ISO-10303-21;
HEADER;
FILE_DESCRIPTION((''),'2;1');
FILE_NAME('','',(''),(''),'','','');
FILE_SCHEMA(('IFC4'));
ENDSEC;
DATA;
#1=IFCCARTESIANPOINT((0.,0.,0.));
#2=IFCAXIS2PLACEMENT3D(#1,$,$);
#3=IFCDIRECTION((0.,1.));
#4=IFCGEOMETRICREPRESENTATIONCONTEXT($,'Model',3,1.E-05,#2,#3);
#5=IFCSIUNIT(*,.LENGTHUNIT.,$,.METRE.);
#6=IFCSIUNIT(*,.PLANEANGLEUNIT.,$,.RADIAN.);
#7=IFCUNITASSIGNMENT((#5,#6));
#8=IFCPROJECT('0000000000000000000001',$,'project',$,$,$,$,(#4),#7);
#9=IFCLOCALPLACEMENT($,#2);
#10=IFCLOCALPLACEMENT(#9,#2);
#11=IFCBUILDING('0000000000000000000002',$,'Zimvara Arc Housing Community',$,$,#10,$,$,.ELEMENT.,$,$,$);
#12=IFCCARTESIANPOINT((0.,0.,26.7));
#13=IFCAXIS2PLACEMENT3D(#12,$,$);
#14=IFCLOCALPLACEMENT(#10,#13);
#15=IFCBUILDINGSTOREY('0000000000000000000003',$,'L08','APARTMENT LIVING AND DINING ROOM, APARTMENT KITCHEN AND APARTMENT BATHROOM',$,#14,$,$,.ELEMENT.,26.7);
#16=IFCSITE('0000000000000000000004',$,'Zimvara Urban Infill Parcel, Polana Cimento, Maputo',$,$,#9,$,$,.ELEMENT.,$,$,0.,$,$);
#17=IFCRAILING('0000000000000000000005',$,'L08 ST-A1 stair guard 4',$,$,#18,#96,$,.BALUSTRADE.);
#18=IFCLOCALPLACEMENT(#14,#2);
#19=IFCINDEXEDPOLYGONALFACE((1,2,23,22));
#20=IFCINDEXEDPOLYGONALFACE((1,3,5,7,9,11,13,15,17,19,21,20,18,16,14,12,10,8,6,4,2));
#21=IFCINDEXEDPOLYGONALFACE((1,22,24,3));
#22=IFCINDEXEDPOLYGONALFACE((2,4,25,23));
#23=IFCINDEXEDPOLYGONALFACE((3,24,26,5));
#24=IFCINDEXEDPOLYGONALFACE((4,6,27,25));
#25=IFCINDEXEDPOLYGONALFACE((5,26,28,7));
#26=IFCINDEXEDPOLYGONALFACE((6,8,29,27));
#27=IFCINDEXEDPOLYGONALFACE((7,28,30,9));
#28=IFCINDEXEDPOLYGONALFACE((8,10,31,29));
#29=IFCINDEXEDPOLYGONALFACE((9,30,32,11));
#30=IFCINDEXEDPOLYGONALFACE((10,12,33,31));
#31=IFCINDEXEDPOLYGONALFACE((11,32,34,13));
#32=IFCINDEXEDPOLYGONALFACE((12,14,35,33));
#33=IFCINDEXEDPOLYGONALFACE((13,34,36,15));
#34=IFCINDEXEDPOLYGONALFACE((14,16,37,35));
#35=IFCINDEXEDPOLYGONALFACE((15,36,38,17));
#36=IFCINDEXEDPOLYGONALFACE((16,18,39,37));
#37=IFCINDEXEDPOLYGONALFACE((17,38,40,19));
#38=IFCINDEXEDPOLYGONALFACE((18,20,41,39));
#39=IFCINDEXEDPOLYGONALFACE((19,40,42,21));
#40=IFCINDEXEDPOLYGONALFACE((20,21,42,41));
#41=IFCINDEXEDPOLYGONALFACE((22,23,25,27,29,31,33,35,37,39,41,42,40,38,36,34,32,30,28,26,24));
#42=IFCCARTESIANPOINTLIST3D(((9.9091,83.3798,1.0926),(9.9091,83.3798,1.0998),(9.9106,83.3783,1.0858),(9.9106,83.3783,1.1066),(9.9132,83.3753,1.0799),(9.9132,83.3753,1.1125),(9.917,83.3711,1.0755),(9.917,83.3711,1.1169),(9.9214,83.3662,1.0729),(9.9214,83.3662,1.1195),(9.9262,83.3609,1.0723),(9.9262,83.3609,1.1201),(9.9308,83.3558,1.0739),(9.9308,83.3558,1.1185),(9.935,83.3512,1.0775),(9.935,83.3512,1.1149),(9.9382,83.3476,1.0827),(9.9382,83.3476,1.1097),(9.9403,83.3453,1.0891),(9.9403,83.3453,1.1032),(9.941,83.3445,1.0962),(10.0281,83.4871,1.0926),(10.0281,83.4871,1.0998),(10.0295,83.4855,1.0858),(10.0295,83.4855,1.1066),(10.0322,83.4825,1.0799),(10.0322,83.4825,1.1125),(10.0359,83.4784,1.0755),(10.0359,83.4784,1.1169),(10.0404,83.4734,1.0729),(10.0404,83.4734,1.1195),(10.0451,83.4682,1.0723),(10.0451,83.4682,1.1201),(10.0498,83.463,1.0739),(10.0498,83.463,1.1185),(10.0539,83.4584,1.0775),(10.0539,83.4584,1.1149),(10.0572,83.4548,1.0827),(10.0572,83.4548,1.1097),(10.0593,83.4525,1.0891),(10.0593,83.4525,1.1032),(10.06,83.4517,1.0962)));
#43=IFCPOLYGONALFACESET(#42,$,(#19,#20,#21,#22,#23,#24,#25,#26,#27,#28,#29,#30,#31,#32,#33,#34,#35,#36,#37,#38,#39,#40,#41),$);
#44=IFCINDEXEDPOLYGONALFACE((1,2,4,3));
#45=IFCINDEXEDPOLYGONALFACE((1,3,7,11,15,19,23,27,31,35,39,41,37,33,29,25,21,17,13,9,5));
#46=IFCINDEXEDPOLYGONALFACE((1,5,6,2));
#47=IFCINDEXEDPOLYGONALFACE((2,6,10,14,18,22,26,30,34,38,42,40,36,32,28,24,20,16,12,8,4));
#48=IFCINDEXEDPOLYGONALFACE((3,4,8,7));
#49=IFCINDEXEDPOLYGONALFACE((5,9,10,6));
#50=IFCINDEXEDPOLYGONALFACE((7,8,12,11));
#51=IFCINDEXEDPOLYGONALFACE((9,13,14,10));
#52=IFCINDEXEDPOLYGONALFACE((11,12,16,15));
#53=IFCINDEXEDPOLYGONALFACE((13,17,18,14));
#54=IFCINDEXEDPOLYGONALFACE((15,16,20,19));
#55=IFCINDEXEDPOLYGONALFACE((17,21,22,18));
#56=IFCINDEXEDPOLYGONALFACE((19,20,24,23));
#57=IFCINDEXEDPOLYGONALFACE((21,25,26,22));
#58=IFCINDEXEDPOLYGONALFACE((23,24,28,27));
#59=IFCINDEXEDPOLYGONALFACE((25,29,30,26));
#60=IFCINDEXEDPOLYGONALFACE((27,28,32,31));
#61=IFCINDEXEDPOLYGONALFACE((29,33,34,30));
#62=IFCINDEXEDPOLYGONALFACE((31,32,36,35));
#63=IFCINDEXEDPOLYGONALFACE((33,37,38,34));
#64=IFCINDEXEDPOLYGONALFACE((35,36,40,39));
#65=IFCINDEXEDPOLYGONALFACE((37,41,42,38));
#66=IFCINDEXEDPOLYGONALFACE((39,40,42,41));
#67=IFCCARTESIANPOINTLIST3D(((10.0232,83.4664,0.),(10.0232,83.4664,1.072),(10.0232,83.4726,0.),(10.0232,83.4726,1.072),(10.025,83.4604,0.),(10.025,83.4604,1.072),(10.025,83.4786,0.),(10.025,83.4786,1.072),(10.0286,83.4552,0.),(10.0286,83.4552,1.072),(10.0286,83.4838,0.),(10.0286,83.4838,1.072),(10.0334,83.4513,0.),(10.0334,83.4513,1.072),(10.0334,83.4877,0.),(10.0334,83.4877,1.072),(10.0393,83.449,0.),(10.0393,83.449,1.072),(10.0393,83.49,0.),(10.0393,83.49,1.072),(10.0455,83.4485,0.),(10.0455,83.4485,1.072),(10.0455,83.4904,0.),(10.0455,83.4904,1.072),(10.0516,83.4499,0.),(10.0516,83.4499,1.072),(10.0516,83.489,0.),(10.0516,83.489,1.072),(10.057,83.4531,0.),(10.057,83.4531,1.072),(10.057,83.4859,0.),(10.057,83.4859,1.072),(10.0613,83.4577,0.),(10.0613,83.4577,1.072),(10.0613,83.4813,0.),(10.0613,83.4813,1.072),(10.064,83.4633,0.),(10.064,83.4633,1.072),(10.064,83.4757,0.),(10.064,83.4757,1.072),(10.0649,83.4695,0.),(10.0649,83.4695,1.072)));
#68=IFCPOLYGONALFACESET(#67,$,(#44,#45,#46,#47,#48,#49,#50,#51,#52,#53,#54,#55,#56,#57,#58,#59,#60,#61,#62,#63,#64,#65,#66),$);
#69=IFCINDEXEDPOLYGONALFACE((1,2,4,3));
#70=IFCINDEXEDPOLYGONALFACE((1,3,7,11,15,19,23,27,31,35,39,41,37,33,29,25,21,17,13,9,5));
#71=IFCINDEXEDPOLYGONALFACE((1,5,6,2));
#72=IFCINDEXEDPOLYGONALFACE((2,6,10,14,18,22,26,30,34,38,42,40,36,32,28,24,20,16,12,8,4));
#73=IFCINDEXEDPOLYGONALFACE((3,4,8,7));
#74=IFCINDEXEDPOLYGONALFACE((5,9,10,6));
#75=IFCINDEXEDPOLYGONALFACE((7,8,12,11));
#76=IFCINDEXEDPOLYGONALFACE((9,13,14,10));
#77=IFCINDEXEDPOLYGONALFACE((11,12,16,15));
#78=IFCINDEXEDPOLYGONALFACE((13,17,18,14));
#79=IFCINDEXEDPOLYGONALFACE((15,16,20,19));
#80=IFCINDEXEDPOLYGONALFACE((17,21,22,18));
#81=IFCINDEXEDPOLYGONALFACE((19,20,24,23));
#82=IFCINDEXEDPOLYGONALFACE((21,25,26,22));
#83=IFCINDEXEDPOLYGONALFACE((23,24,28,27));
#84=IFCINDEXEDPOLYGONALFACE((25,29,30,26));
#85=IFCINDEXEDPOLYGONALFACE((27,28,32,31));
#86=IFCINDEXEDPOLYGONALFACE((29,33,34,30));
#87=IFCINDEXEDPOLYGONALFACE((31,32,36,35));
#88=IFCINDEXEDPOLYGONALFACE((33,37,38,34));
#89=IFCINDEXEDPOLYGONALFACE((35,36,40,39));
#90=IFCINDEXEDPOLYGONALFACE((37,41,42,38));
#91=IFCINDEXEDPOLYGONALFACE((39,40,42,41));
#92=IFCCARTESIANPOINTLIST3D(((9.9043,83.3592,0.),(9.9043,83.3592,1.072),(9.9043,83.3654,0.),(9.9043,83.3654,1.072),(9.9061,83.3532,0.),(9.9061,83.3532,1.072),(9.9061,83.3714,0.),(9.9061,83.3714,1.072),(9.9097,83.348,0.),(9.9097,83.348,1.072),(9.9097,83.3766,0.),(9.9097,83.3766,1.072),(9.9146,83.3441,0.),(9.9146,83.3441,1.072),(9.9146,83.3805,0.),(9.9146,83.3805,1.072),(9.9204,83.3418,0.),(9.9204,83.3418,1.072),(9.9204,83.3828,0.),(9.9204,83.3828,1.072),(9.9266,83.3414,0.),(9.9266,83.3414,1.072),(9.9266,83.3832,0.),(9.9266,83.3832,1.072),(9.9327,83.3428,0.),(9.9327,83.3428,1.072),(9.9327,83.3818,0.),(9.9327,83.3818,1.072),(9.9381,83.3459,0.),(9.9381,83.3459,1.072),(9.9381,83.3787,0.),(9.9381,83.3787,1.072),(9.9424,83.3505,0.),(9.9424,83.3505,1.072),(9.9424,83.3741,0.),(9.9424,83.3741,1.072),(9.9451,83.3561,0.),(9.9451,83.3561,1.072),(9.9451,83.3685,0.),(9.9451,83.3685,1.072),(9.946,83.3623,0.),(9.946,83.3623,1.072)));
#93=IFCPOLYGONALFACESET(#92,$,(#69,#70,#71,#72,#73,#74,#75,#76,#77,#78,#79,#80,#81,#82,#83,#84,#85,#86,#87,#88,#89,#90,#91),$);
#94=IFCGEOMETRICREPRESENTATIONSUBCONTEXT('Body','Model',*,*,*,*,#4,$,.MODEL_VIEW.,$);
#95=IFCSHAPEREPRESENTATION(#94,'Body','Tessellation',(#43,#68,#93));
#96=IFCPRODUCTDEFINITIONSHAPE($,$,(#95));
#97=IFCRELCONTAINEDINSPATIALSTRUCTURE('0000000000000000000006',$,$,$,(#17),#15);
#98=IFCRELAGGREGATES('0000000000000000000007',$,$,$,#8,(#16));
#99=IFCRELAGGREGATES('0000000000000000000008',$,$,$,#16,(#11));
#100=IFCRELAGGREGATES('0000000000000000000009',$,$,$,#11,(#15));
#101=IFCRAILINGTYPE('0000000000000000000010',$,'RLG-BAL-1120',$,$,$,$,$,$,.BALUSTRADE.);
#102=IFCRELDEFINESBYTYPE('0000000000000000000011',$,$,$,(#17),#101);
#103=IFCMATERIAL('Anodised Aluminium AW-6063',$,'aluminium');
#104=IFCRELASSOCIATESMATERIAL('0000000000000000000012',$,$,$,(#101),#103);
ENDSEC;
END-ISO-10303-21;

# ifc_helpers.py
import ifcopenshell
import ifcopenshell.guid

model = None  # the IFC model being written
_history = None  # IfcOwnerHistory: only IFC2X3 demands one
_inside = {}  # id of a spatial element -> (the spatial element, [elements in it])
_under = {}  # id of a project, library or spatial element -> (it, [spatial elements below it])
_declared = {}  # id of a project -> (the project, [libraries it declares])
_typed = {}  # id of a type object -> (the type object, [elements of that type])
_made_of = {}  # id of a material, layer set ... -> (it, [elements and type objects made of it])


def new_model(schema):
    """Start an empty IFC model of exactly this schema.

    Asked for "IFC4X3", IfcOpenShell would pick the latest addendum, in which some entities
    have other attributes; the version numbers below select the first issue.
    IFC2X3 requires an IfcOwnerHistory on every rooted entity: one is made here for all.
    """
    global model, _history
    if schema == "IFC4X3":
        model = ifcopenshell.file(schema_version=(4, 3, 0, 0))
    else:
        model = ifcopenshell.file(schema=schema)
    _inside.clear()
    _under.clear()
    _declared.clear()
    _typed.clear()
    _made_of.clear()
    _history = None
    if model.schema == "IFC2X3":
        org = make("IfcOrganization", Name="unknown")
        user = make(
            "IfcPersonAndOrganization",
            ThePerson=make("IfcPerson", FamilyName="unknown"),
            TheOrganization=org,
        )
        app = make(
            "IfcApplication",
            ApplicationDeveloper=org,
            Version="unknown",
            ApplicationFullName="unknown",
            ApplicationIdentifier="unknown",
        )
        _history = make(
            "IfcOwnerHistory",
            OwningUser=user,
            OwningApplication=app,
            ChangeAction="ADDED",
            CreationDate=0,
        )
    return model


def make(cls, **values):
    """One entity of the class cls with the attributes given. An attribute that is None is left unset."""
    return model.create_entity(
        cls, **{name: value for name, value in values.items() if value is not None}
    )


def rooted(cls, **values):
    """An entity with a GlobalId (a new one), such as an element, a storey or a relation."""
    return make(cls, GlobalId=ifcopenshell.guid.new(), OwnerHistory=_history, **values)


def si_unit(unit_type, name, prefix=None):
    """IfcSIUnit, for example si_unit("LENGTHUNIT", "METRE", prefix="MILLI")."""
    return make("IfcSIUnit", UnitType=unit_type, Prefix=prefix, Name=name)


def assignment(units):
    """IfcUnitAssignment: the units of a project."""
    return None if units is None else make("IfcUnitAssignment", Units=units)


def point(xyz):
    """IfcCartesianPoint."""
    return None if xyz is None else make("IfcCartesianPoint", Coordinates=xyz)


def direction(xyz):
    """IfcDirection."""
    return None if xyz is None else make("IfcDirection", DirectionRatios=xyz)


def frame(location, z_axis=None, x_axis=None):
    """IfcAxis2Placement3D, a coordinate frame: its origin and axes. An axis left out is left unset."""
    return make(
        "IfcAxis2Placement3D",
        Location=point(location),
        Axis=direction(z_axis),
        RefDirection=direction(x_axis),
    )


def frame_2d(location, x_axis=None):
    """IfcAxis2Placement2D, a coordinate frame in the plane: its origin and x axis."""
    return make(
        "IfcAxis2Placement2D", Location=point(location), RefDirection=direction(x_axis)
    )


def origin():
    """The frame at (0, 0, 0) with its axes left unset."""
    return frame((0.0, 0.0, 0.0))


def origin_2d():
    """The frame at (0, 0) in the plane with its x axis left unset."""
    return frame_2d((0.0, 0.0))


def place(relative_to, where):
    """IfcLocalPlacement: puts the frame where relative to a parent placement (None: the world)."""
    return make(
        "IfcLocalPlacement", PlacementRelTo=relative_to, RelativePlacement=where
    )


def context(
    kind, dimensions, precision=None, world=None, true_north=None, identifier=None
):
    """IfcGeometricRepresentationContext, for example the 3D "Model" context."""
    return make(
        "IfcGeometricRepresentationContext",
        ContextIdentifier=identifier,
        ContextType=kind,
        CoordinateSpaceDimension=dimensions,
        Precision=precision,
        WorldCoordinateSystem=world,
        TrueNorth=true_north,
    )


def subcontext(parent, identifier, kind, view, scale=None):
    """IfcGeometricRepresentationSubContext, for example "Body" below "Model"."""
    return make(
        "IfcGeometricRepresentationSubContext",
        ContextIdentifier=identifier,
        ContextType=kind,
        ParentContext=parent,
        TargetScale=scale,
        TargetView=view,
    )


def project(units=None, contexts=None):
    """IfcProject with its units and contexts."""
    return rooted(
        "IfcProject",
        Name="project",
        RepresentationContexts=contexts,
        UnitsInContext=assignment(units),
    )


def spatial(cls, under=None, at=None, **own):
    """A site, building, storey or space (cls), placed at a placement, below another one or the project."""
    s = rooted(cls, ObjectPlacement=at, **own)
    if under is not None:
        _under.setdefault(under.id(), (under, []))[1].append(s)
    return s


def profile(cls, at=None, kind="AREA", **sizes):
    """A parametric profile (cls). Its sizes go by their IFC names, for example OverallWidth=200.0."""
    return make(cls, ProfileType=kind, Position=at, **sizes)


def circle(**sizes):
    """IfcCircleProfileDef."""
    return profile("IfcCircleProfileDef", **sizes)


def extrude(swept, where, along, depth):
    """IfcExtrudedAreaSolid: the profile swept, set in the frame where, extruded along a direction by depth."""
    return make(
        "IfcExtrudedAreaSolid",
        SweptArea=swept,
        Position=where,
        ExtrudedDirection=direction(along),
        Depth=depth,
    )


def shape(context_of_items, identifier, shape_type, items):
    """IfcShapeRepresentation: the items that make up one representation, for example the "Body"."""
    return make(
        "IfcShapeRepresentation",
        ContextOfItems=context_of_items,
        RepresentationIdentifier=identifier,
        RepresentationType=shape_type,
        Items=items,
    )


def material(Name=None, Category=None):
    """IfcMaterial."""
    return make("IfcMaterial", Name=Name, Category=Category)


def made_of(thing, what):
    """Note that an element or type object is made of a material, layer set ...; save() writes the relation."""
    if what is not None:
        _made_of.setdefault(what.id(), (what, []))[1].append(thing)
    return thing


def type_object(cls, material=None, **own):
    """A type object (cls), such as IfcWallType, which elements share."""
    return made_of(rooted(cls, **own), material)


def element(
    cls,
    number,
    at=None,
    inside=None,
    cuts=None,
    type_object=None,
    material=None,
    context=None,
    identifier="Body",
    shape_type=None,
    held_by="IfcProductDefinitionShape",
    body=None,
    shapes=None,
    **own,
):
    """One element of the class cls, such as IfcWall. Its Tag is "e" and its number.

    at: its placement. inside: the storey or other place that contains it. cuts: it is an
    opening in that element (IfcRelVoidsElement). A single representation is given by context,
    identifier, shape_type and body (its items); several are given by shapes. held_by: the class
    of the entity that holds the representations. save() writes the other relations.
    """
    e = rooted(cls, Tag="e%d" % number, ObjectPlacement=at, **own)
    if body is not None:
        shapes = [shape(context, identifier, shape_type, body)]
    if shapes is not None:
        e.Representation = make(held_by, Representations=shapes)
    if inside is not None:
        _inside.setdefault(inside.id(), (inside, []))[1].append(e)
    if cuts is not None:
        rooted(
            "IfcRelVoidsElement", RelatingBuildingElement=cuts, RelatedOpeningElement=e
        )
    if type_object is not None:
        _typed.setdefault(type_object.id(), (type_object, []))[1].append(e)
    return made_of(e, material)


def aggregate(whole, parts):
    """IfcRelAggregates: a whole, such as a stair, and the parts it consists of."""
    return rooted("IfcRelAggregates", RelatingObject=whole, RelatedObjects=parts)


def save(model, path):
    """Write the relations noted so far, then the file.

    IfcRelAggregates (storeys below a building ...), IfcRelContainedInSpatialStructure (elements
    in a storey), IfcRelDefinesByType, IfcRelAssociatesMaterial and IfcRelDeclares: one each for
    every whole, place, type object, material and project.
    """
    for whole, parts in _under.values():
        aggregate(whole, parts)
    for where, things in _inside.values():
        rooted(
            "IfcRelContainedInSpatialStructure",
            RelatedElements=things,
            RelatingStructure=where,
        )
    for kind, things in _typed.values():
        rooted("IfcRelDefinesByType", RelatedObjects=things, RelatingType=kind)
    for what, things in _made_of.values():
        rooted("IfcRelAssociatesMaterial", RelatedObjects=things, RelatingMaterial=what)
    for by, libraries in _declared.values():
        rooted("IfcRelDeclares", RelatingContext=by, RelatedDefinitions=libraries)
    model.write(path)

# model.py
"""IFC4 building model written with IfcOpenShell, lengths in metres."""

from ifc_helpers import new_model, si_unit, direction, frame, origin, origin_2d, place, context, subcontext, project, spatial, circle, extrude, material, type_object, element, save


model = new_model("IFC4")

# Units and contexts
model_context = context("Model", 3, precision=1e-05, world=origin(), true_north=direction((0.0, 1.0)))
body_context = subcontext(model_context, "Body", "Model", "MODEL_VIEW")
ifc_project = project(units=[si_unit("LENGTHUNIT", "METRE"), si_unit("PLANEANGLEUNIT", "RADIAN")], contexts=[model_context])

# Site, building, storey
site_placement = place(None, origin())
site = spatial("IfcSite", under=ifc_project, at=site_placement, Name="Zimvara Urban Infill Parcel, Polana Cimento, Maputo", CompositionType="ELEMENT", RefElevation=0.0)
building_placement = place(site_placement, origin())
building = spatial("IfcBuilding", under=site, at=building_placement, Name="Zimvara Arc Housing Community", CompositionType="ELEMENT")
storey_placement = place(building_placement, frame((0.0, 0.0, 26.7)))
storey = spatial("IfcBuildingStorey", under=building, at=storey_placement, Name="L08", Description="APARTMENT LIVING AND DINING ROOM, APARTMENT KITCHEN AND APARTMENT BATHROOM", CompositionType="ELEMENT", Elevation=26.7)

# Railing
ifc_material_1 = material(Name="Anodised Aluminium AW-6063", Category="aluminium")
railing_type = type_object("IfcRailingType", Name="RLG-BAL-1120", PredefinedType="BALUSTRADE", material=ifc_material_1)
railing_1_placement = place(storey_placement, frame((10.0439, 83.4695, 0.0)))
element("IfcRailing", 1, at=railing_1_placement, inside=storey, type_object=railing_type, Name="L08 ST-A1 stair guard 4", PredefinedType="BALUSTRADE", context=body_context, shape_type="SweptSolid", body=[
    extrude(circle(Radius=0.0239, at=origin_2d()), frame((0.0, 0.0, 1.0962), z_axis=(-0.742763, -0.669554, 0.0), x_axis=(0.669554, -0.742763, 0.0)), (0.0, 0.0, 1.0), 0.1602),
    extrude(circle(Radius=0.021, at=origin_2d()), origin(), (0.0, 0.0, 1.0), 1.072),
    extrude(circle(Radius=0.021, at=origin_2d()), frame((-0.1189, -0.1072, 0.0)), (0.0, 0.0, 1.0), 1.072),
])

save(model, "model.ifc")
